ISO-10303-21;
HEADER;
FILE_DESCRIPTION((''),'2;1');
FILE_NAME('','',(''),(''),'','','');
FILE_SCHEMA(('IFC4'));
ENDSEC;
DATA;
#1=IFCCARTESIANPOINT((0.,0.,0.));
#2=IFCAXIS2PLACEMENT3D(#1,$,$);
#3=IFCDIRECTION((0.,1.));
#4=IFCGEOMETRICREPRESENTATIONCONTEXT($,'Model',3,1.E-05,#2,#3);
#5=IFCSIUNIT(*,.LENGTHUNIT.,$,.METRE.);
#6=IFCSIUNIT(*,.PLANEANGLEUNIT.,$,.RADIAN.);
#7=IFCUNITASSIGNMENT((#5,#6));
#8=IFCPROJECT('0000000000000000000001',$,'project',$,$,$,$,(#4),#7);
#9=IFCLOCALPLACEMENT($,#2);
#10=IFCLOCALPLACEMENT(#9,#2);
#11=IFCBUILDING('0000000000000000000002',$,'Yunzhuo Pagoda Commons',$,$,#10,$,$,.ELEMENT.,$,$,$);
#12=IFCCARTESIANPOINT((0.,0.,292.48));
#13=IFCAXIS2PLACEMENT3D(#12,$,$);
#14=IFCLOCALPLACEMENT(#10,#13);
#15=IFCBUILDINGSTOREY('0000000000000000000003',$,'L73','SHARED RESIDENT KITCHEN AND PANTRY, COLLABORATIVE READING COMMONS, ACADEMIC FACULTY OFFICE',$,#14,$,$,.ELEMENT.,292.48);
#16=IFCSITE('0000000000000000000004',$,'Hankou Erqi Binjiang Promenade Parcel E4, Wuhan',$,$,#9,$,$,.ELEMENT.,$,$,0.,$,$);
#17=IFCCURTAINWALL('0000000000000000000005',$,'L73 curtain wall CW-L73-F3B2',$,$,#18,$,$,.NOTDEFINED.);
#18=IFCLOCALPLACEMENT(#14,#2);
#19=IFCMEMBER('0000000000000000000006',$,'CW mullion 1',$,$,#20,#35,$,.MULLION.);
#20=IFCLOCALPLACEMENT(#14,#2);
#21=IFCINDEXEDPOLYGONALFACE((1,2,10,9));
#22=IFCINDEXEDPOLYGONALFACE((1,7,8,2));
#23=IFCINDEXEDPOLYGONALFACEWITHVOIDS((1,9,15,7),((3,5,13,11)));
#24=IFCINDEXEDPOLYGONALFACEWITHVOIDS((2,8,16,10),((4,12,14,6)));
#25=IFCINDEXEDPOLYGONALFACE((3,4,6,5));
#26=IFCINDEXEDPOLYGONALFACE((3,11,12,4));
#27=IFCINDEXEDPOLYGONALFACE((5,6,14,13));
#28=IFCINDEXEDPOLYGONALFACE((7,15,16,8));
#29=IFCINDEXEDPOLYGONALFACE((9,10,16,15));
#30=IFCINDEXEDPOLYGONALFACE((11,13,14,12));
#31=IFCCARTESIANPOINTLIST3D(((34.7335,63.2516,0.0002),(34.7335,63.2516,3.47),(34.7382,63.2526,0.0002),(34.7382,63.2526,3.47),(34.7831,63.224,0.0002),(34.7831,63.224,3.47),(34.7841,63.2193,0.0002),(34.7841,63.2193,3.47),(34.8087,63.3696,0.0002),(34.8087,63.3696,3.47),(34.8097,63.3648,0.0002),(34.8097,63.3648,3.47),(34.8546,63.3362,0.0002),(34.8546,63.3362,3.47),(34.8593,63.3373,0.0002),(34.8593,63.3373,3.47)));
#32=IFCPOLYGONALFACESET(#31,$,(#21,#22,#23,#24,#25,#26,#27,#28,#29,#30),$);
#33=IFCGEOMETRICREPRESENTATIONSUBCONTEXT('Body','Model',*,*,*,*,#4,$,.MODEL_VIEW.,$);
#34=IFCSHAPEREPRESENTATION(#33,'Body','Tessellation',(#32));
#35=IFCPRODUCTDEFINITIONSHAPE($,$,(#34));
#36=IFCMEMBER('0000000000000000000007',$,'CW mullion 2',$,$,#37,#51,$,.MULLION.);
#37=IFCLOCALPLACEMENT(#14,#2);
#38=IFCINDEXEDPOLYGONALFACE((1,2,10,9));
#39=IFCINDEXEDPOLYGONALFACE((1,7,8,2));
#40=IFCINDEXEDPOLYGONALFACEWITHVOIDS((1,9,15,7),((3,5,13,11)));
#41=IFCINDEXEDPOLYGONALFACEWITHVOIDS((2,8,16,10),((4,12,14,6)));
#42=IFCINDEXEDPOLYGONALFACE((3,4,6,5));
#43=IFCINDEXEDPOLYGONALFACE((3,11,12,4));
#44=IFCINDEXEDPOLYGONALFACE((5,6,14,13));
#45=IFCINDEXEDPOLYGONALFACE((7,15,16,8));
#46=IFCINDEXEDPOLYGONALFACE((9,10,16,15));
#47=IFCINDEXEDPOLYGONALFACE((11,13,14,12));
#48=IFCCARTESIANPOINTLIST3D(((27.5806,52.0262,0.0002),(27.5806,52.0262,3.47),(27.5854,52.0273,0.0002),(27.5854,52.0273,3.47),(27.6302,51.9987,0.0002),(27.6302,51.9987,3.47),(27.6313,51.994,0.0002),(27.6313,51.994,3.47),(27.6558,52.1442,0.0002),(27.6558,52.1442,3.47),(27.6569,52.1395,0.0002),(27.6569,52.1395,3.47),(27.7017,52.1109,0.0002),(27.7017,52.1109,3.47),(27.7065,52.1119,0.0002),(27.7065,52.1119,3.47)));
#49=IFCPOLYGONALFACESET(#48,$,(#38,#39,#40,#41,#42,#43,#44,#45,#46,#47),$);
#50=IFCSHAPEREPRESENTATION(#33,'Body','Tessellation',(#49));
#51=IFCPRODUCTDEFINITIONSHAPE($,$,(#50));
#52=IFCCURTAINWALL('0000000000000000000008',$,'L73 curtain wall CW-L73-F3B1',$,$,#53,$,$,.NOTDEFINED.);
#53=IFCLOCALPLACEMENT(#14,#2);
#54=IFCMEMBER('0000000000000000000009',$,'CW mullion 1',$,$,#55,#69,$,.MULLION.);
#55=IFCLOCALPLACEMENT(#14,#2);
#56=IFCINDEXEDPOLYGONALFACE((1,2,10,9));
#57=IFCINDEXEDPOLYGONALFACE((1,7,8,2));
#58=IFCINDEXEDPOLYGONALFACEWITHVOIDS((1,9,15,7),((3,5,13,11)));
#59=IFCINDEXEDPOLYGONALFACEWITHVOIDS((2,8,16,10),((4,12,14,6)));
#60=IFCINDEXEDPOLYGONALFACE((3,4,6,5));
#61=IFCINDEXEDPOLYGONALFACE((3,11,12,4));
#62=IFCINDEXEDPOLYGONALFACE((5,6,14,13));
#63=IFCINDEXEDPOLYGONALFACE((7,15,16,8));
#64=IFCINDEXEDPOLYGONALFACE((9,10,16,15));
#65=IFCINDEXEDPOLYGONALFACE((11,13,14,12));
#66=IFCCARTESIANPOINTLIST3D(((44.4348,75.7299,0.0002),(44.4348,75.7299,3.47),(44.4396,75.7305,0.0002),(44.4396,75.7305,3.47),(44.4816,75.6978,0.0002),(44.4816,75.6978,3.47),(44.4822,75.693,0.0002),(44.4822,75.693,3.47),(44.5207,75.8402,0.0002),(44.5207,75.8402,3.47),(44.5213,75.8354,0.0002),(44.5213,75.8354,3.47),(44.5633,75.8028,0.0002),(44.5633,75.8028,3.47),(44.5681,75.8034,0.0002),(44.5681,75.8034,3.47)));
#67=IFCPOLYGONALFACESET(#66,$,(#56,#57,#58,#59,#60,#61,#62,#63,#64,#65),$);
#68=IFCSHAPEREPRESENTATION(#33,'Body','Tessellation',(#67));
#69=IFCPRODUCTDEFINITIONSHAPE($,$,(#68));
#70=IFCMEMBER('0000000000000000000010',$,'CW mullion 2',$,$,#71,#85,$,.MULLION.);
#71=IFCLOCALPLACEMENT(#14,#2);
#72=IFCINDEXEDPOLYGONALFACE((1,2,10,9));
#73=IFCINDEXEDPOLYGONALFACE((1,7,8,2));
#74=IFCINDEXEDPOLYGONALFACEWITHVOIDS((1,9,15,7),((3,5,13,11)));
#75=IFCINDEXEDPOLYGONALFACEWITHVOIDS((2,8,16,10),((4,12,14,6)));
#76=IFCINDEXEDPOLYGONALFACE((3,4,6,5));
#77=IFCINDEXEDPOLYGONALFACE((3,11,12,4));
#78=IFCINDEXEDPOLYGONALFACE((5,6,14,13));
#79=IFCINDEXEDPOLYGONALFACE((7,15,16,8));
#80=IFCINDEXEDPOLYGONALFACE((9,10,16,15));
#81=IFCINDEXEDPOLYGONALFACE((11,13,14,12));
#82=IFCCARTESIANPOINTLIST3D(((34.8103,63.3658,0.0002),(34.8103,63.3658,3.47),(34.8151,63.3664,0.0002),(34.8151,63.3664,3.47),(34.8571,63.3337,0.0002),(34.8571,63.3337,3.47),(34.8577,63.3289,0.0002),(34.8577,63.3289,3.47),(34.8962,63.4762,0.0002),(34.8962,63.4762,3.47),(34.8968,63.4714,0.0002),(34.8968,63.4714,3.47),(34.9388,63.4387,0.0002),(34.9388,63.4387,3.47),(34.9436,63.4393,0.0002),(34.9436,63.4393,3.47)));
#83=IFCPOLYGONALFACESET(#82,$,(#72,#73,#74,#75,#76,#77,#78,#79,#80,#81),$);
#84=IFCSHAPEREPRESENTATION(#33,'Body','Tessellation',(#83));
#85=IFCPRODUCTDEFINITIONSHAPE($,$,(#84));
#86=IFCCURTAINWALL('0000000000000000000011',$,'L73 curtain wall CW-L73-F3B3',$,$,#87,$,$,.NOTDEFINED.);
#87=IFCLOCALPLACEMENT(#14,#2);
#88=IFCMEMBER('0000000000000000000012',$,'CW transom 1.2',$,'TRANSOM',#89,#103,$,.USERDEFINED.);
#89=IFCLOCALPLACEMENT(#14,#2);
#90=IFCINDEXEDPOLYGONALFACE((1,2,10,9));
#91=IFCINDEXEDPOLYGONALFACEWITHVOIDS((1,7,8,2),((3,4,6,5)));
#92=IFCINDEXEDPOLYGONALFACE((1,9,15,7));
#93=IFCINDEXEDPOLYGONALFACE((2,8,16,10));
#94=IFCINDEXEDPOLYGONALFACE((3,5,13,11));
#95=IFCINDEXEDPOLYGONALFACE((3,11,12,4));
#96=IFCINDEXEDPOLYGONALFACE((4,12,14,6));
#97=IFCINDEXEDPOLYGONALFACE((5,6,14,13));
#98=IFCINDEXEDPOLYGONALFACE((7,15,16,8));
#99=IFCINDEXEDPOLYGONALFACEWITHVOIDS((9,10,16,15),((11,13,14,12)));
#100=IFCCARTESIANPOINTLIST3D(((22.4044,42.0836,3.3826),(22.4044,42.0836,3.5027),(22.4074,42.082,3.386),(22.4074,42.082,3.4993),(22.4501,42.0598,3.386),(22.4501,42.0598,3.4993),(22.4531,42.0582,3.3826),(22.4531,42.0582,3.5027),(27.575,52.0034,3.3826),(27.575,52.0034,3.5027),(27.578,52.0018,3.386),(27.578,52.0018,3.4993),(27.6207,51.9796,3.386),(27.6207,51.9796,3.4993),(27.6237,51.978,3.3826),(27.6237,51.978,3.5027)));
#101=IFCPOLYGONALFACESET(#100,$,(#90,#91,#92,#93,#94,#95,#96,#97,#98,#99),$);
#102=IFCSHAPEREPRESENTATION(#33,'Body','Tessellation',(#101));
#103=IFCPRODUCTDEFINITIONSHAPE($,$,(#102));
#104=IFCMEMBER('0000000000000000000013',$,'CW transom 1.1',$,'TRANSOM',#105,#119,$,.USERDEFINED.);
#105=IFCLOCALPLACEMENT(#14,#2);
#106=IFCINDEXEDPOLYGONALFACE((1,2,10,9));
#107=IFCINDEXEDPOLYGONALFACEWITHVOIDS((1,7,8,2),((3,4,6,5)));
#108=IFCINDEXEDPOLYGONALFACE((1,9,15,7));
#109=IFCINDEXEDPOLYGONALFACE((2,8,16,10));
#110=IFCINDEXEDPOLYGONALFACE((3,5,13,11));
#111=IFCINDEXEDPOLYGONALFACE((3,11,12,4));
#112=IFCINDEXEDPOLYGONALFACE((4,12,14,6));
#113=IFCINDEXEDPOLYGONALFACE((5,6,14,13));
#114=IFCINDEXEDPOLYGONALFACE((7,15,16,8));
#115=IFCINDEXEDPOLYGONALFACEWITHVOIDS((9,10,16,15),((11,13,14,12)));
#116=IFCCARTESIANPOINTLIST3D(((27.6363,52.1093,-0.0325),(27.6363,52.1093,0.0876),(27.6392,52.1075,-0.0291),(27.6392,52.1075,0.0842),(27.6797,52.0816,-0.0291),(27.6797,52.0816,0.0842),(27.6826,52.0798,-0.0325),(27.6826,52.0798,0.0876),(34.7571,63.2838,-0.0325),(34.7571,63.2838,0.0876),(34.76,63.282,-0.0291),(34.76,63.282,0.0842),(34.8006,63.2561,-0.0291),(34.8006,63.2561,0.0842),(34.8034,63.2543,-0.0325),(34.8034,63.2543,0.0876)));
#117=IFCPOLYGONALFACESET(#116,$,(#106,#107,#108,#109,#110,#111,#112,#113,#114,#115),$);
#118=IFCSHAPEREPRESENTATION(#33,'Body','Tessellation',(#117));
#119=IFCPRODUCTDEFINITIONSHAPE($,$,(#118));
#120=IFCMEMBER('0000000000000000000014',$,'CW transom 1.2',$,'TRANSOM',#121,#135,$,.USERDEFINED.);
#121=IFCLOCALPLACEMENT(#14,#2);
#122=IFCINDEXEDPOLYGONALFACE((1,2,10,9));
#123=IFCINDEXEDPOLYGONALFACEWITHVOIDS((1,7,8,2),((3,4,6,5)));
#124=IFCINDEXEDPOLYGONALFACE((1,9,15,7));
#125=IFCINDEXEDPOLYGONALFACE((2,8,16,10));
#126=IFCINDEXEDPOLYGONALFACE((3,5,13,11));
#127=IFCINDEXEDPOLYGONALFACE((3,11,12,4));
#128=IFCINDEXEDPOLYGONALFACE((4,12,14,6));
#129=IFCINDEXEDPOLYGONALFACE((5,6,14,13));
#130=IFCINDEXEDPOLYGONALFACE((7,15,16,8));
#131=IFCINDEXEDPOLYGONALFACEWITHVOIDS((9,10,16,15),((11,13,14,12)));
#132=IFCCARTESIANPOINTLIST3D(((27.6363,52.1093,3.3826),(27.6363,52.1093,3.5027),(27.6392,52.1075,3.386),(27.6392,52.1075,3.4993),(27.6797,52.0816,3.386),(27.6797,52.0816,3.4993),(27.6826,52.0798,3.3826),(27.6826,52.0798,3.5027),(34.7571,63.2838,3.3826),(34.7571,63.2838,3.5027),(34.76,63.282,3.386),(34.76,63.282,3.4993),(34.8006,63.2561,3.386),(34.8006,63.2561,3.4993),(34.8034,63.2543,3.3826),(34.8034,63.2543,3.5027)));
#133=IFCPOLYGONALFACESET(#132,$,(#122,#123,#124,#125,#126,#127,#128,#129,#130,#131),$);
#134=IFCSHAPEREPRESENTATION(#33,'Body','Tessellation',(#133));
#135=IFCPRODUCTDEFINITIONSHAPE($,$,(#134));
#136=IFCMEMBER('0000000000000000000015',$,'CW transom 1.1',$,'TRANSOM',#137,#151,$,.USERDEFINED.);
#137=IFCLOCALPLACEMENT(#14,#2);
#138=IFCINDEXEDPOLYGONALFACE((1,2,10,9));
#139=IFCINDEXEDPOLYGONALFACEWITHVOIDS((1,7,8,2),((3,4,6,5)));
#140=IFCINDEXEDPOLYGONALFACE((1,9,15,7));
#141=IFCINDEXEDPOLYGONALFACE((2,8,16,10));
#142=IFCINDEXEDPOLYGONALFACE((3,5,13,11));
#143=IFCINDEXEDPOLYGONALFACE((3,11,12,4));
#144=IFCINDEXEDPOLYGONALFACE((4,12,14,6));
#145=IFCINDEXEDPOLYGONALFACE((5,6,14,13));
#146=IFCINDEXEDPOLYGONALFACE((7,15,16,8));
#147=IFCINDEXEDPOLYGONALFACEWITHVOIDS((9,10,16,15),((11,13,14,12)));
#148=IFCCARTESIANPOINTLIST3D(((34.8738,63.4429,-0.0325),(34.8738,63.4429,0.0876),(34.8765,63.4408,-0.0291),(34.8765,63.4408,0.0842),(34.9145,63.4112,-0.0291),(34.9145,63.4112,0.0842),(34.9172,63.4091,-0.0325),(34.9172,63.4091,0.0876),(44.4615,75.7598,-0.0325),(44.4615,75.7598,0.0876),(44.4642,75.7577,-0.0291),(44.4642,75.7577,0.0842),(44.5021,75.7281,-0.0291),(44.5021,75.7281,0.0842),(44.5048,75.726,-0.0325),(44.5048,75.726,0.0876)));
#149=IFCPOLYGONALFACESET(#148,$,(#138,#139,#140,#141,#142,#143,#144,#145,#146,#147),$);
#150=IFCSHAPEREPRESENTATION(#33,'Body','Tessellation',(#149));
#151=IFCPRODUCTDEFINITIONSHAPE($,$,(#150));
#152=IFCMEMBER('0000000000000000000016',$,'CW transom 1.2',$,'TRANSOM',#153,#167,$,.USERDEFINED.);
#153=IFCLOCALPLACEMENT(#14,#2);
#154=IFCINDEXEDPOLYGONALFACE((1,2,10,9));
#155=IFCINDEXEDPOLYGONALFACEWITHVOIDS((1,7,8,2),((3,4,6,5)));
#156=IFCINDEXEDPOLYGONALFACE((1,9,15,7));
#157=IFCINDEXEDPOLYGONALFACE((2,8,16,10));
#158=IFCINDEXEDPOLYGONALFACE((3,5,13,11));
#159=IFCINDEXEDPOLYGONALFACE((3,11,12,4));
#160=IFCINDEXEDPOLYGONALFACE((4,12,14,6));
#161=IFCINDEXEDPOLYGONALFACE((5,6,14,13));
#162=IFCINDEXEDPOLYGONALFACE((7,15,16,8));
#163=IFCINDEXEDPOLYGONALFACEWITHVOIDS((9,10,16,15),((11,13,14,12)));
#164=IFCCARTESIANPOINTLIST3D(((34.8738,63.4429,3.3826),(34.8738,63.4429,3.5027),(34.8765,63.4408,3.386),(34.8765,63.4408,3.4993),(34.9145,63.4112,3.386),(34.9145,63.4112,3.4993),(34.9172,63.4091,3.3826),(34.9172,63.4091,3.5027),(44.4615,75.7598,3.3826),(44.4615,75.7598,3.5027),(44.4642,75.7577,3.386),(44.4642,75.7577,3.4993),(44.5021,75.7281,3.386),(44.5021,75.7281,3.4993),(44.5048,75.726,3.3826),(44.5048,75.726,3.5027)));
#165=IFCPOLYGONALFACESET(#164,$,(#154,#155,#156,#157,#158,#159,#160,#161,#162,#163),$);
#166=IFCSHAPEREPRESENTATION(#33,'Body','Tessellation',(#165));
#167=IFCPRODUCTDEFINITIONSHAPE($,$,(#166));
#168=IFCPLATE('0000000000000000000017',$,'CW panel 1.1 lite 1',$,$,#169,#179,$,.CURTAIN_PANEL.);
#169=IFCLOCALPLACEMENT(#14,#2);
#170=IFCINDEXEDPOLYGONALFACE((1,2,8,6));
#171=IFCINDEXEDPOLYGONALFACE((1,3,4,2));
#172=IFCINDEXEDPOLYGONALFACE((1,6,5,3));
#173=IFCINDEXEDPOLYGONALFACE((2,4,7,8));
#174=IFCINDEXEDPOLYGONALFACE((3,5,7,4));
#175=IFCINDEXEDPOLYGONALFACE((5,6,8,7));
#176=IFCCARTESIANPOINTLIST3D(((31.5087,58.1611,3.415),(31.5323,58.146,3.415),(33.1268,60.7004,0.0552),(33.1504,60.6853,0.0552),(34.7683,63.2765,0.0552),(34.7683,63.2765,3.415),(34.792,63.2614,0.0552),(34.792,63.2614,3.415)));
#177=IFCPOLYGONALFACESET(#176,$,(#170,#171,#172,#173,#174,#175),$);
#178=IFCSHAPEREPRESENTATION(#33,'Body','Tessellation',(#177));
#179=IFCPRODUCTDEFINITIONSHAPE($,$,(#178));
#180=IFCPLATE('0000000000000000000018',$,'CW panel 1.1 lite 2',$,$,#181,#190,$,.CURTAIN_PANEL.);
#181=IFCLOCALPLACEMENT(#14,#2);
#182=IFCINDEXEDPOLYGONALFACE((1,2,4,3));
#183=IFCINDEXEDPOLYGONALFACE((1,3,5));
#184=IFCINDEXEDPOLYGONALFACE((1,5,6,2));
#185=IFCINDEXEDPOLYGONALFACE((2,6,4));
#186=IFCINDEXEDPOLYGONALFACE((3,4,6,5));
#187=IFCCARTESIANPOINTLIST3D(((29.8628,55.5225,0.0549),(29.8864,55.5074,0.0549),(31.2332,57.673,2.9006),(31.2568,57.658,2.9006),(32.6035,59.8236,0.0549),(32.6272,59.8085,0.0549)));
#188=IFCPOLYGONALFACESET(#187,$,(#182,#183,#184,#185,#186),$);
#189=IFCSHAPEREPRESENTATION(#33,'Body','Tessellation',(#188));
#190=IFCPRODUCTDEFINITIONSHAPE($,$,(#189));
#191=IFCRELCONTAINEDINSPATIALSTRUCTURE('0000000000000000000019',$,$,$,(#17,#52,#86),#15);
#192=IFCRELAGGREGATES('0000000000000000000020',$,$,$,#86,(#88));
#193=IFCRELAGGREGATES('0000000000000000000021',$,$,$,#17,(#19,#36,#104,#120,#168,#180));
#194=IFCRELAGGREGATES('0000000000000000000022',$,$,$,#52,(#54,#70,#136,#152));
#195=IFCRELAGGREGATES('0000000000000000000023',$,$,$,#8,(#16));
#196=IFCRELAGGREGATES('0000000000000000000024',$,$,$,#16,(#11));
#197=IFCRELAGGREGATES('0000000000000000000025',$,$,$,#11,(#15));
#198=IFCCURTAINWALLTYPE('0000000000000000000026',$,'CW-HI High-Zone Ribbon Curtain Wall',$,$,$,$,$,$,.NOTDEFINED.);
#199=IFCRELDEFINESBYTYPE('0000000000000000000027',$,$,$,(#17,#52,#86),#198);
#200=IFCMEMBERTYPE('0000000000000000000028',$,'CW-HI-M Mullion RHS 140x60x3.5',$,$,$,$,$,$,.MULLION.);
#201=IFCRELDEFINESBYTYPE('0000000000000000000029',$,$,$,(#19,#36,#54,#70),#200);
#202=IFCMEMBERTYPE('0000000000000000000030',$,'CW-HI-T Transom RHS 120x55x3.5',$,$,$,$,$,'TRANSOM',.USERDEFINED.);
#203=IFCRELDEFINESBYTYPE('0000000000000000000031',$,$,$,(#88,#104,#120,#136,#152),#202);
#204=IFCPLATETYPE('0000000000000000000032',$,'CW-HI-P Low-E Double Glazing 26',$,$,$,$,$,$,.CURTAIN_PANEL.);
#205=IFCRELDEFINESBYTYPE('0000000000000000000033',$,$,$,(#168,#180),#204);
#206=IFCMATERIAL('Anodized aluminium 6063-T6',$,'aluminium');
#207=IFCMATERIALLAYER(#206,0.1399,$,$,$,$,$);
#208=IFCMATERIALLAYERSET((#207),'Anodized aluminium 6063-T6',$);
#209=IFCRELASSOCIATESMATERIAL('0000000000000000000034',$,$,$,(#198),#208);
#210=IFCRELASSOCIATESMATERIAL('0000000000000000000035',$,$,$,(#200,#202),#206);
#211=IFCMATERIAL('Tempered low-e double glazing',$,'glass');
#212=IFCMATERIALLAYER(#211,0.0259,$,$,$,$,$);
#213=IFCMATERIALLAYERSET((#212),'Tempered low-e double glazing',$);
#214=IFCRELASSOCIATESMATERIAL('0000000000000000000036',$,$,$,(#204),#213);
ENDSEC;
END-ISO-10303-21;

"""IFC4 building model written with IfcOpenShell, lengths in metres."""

from ifc_helpers import new_model, si_unit, direction, frame, origin, origin_2d, place, context, subcontext, project, spatial, polyline, hollow_rectangle, outline, extrude, source, transform, mapped, material, layer, layer_set, material_profile, profile_set, type_object, element, aggregate, save


model = new_model("IFC4")

# Units and contexts
model_context = context("Model", 3, precision=1e-05, world=origin(), true_north=direction((0.0, 1.0)))
body_context = subcontext(model_context, "Body", "Model", "MODEL_VIEW")
ifc_project = project(units=[si_unit("LENGTHUNIT", "METRE"), si_unit("PLANEANGLEUNIT", "RADIAN")], contexts=[model_context])

# Site, building, storey
site_placement = place(None, origin())
site = spatial("IfcSite", under=ifc_project, at=site_placement, Name="Hankou Erqi Binjiang Promenade Parcel E4, Wuhan", CompositionType="ELEMENT", RefElevation=0.0)
building_placement = place(site_placement, origin())
building = spatial("IfcBuilding", under=site, at=building_placement, Name="Yunzhuo Pagoda Commons", CompositionType="ELEMENT")
storey_placement = place(building_placement, frame((0.0, 0.0, 292.48)))
storey = spatial("IfcBuildingStorey", under=building, at=storey_placement, Name="L73", Description="SHARED RESIDENT KITCHEN AND PANTRY, COLLABORATIVE READING COMMONS, ACADEMIC FACULTY OFFICE", CompositionType="ELEMENT", Elevation=292.48)

# Curtain walls, members
ifc_material_1 = material(Name="Anodized aluminium 6063-T6", Category="aluminium")
ifc_layer_1 = layer(ifc_material_1, 0.1399)
ifc_layer_set_1 = layer_set([ifc_layer_1], Name="Anodized aluminium 6063-T6")
curtain_wall_type = type_object("IfcCurtainWallType", Name="CW-HI High-Zone Ribbon Curtain Wall", PredefinedType="NOTDEFINED", material=ifc_layer_set_1)
curtain_wall_1_placement = place(storey_placement, origin())
curtain_wall_1 = element("IfcCurtainWall", 1, at=curtain_wall_1_placement, inside=storey, type_object=curtain_wall_type, Name="L73 curtain wall CW-L73-F3B2", PredefinedType="NOTDEFINED")
ifc_material_profile_1 = material_profile(ifc_material_1, hollow_rectangle(XDim=0.0601, YDim=0.1399, WallThickness=0.0034, at=origin_2d()), Name="Anodized aluminium 6063-T6")
ifc_profile_set_1 = profile_set([ifc_material_profile_1], Name="Anodized aluminium 6063-T6")
member_type_1 = type_object("IfcMemberType", Name="CW-HI-M Mullion RHS 140x60x3.5", PredefinedType="MULLION", material=ifc_profile_set_1)
shared_shape_1 = source(origin(), body_context, "Body", "SweptSolid", [
    extrude(hollow_rectangle(XDim=0.0601, YDim=0.1399, WallThickness=0.0034, at=origin_2d()), origin(), (0.0, 0.0, 1.0), 3.4697),
])
member_1_placement = place(storey_placement, frame((34.7964, 63.2944, 0.0002), z_axis=(0.0, 0.0, 1.0), x_axis=(0.84333, -0.537397, 0.0)))
member_1 = element("IfcMember", 2, at=member_1_placement, type_object=member_type_1, Name="CW mullion 1", PredefinedType="MULLION", context=body_context, shape_type="MappedRepresentation", body=[
    mapped(shared_shape_1, transform((0.0, 0.0, 0.0), scale=1.0)),
])
member_2_placement = place(storey_placement, frame((27.6436, 52.0691, 0.0002), z_axis=(0.0, 0.0, 1.0), x_axis=(0.84333, -0.537397, 0.0)))
member_2 = element("IfcMember", 3, at=member_2_placement, type_object=member_type_1, Name="CW mullion 2", PredefinedType="MULLION", context=body_context, shape_type="MappedRepresentation", body=[
    mapped(shared_shape_1, transform((0.0, 0.0, 0.0), scale=1.0)),
])
curtain_wall_2_placement = place(storey_placement, origin())
curtain_wall_2 = element("IfcCurtainWall", 4, at=curtain_wall_2_placement, inside=storey, type_object=curtain_wall_type, Name="L73 curtain wall CW-L73-F3B1", PredefinedType="NOTDEFINED")
member_3_placement = place(storey_placement, frame((44.5015, 75.7666, 0.0002), z_axis=(0.0, 0.0, 1.0), x_axis=(0.789103, -0.614261, 0.0)))
member_3 = element("IfcMember", 5, at=member_3_placement, type_object=member_type_1, Name="CW mullion 1", PredefinedType="MULLION", context=body_context, shape_type="MappedRepresentation", body=[
    mapped(shared_shape_1, transform((0.0, 0.0, 0.0), scale=1.0)),
])
member_4_placement = place(storey_placement, frame((34.877, 63.4026, 0.0002), z_axis=(0.0, 0.0, 1.0), x_axis=(0.789103, -0.614261, 0.0)))
member_4 = element("IfcMember", 6, at=member_4_placement, type_object=member_type_1, Name="CW mullion 2", PredefinedType="MULLION", context=body_context, shape_type="MappedRepresentation", body=[
    mapped(shared_shape_1, transform((0.0, 0.0, 0.0), scale=1.0)),
])

# Curtain wall, member
curtain_wall_3_placement = place(storey_placement, origin())
curtain_wall_3 = element("IfcCurtainWall", 7, at=curtain_wall_3_placement, inside=storey, type_object=curtain_wall_type, Name="L73 curtain wall CW-L73-F3B3", PredefinedType="NOTDEFINED")
ifc_material_profile_2 = material_profile(ifc_material_1, hollow_rectangle(XDim=0.0549, YDim=0.1201, WallThickness=0.0034, at=origin_2d()), Name="Anodized aluminium 6063-T6")
ifc_profile_set_2 = profile_set([ifc_material_profile_2], Name="Anodized aluminium 6063-T6")
member_type_2 = type_object("IfcMemberType", Name="CW-HI-T Transom RHS 120x55x3.5", ElementType="TRANSOM", PredefinedType="USERDEFINED", material=ifc_profile_set_2)
shared_shape_2 = source(origin(), body_context, "Body", "SweptSolid", [
    extrude(hollow_rectangle(XDim=0.0549, YDim=0.1201, WallThickness=0.0034, at=origin_2d()), origin(), (0.0, 0.0, 1.0), 11.1865),
])
member_5_placement = place(storey_placement, frame((27.5994, 51.9907, 3.4426), z_axis=(-0.462218, -0.886767, 0.0), x_axis=(0.886767, -0.462218, 0.0)))
member_5 = element("IfcMember", 8, at=member_5_placement, type_object=member_type_2, Name="CW transom 1.2", ObjectType="TRANSOM", PredefinedType="USERDEFINED", context=body_context, shape_type="MappedRepresentation", body=[
    mapped(shared_shape_2, transform((0.0, 0.0, 0.0), scale=1.0)),
])
aggregate(curtain_wall_3, [member_5])

# Members
shared_shape_3 = source(origin(), body_context, "Body", "SweptSolid", [
    extrude(hollow_rectangle(XDim=0.0549, YDim=0.1201, WallThickness=0.0034, at=origin_2d()), origin(), (0.0, 0.0, 1.0), 13.2505),
])
member_6_placement = place(storey_placement, frame((34.7803, 63.269, 0.0276), z_axis=(-0.5374, -0.843328, 0.0), x_axis=(0.843328, -0.5374, 0.0)))
member_6 = element("IfcMember", 9, at=member_6_placement, type_object=member_type_2, Name="CW transom 1.1", ObjectType="TRANSOM", PredefinedType="USERDEFINED", context=body_context, shape_type="MappedRepresentation", body=[
    mapped(shared_shape_3, transform((0.0, 0.0, 0.0), scale=1.0)),
])
member_7_placement = place(storey_placement, frame((34.7803, 63.269, 3.4426), z_axis=(-0.5374, -0.843328, 0.0), x_axis=(0.843328, -0.5374, 0.0)))
member_7 = element("IfcMember", 10, at=member_7_placement, type_object=member_type_2, Name="CW transom 1.2", ObjectType="TRANSOM", PredefinedType="USERDEFINED", context=body_context, shape_type="MappedRepresentation", body=[
    mapped(shared_shape_3, transform((0.0, 0.0, 0.0), scale=1.0)),
])
shared_shape_4 = source(origin(), body_context, "Body", "SweptSolid", [
    extrude(hollow_rectangle(XDim=0.0549, YDim=0.1201, WallThickness=0.0034, at=origin_2d()), origin(), (0.0, 0.0, 1.0), 15.6086),
])
member_8_placement = place(storey_placement, frame((44.4832, 75.7429, 0.0276), z_axis=(-0.614254, -0.789109, 0.0), x_axis=(0.789109, -0.614254, 0.0)))
member_8 = element("IfcMember", 11, at=member_8_placement, type_object=member_type_2, Name="CW transom 1.1", ObjectType="TRANSOM", PredefinedType="USERDEFINED", context=body_context, shape_type="MappedRepresentation", body=[
    mapped(shared_shape_4, transform((0.0, 0.0, 0.0), scale=1.0)),
])
member_9_placement = place(storey_placement, frame((44.4832, 75.7429, 3.4426), z_axis=(-0.614254, -0.789109, 0.0), x_axis=(0.789109, -0.614254, 0.0)))
member_9 = element("IfcMember", 12, at=member_9_placement, type_object=member_type_2, Name="CW transom 1.2", ObjectType="TRANSOM", PredefinedType="USERDEFINED", context=body_context, shape_type="MappedRepresentation", body=[
    mapped(shared_shape_4, transform((0.0, 0.0, 0.0), scale=1.0)),
])

# Plates
ifc_material_2 = material(Name="Tempered low-e double glazing", Category="glass")
ifc_layer_2 = layer(ifc_material_2, 0.0259)
ifc_layer_set_2 = layer_set([ifc_layer_2], Name="Tempered low-e double glazing")
plate_type_1 = type_object("IfcPlateType", Name="CW-HI-P Low-E Double Glazing 26", PredefinedType="CURTAIN_PANEL", material=ifc_layer_set_2)
plate_1_placement = place(storey_placement, frame((33.1621, 60.7036, 1.7351), z_axis=(-0.84333, 0.537397, 0.0), x_axis=(-0.537397, -0.84333, 0.0)))
plate_1 = element("IfcPlate", 13, at=plate_1_placement, type_object=plate_type_1, Name="CW panel 1.1 lite 1", PredefinedType="CURTAIN_PANEL", context=body_context, shape_type="SweptSolid", body=[
    extrude(outline(polyline([(-3.033, -1.6799), (0.0217, -1.6799), (3.0327, 1.6799), (-3.033, 1.6799), (-3.033, -1.6799)])), origin(), (0.0, 0.0, 1.0), 0.0281),
])
plate_2_placement = place(storey_placement, frame((31.2568, 57.658, 1.4778), z_axis=(-0.84333, 0.537397, 0.0), x_axis=(-0.537397, -0.84333, 0.0)))
plate_2 = element("IfcPlate", 14, at=plate_2_placement, type_object=plate_type_1, Name="CW panel 1.1 lite 2", PredefinedType="CURTAIN_PANEL", context=body_context, shape_type="SweptSolid", body=[
    extrude(outline(polyline([(-2.55, -1.4229), (2.55, -1.4229), (0.0, 1.4229), (-2.55, -1.4229)])), origin(), (0.0, 0.0, 1.0), 0.0281),
])
aggregate(curtain_wall_1, [member_1, member_2, member_6, member_7, plate_1, plate_2])
aggregate(curtain_wall_2, [member_3, member_4, member_8, member_9])

save(model, "model.ifc")
